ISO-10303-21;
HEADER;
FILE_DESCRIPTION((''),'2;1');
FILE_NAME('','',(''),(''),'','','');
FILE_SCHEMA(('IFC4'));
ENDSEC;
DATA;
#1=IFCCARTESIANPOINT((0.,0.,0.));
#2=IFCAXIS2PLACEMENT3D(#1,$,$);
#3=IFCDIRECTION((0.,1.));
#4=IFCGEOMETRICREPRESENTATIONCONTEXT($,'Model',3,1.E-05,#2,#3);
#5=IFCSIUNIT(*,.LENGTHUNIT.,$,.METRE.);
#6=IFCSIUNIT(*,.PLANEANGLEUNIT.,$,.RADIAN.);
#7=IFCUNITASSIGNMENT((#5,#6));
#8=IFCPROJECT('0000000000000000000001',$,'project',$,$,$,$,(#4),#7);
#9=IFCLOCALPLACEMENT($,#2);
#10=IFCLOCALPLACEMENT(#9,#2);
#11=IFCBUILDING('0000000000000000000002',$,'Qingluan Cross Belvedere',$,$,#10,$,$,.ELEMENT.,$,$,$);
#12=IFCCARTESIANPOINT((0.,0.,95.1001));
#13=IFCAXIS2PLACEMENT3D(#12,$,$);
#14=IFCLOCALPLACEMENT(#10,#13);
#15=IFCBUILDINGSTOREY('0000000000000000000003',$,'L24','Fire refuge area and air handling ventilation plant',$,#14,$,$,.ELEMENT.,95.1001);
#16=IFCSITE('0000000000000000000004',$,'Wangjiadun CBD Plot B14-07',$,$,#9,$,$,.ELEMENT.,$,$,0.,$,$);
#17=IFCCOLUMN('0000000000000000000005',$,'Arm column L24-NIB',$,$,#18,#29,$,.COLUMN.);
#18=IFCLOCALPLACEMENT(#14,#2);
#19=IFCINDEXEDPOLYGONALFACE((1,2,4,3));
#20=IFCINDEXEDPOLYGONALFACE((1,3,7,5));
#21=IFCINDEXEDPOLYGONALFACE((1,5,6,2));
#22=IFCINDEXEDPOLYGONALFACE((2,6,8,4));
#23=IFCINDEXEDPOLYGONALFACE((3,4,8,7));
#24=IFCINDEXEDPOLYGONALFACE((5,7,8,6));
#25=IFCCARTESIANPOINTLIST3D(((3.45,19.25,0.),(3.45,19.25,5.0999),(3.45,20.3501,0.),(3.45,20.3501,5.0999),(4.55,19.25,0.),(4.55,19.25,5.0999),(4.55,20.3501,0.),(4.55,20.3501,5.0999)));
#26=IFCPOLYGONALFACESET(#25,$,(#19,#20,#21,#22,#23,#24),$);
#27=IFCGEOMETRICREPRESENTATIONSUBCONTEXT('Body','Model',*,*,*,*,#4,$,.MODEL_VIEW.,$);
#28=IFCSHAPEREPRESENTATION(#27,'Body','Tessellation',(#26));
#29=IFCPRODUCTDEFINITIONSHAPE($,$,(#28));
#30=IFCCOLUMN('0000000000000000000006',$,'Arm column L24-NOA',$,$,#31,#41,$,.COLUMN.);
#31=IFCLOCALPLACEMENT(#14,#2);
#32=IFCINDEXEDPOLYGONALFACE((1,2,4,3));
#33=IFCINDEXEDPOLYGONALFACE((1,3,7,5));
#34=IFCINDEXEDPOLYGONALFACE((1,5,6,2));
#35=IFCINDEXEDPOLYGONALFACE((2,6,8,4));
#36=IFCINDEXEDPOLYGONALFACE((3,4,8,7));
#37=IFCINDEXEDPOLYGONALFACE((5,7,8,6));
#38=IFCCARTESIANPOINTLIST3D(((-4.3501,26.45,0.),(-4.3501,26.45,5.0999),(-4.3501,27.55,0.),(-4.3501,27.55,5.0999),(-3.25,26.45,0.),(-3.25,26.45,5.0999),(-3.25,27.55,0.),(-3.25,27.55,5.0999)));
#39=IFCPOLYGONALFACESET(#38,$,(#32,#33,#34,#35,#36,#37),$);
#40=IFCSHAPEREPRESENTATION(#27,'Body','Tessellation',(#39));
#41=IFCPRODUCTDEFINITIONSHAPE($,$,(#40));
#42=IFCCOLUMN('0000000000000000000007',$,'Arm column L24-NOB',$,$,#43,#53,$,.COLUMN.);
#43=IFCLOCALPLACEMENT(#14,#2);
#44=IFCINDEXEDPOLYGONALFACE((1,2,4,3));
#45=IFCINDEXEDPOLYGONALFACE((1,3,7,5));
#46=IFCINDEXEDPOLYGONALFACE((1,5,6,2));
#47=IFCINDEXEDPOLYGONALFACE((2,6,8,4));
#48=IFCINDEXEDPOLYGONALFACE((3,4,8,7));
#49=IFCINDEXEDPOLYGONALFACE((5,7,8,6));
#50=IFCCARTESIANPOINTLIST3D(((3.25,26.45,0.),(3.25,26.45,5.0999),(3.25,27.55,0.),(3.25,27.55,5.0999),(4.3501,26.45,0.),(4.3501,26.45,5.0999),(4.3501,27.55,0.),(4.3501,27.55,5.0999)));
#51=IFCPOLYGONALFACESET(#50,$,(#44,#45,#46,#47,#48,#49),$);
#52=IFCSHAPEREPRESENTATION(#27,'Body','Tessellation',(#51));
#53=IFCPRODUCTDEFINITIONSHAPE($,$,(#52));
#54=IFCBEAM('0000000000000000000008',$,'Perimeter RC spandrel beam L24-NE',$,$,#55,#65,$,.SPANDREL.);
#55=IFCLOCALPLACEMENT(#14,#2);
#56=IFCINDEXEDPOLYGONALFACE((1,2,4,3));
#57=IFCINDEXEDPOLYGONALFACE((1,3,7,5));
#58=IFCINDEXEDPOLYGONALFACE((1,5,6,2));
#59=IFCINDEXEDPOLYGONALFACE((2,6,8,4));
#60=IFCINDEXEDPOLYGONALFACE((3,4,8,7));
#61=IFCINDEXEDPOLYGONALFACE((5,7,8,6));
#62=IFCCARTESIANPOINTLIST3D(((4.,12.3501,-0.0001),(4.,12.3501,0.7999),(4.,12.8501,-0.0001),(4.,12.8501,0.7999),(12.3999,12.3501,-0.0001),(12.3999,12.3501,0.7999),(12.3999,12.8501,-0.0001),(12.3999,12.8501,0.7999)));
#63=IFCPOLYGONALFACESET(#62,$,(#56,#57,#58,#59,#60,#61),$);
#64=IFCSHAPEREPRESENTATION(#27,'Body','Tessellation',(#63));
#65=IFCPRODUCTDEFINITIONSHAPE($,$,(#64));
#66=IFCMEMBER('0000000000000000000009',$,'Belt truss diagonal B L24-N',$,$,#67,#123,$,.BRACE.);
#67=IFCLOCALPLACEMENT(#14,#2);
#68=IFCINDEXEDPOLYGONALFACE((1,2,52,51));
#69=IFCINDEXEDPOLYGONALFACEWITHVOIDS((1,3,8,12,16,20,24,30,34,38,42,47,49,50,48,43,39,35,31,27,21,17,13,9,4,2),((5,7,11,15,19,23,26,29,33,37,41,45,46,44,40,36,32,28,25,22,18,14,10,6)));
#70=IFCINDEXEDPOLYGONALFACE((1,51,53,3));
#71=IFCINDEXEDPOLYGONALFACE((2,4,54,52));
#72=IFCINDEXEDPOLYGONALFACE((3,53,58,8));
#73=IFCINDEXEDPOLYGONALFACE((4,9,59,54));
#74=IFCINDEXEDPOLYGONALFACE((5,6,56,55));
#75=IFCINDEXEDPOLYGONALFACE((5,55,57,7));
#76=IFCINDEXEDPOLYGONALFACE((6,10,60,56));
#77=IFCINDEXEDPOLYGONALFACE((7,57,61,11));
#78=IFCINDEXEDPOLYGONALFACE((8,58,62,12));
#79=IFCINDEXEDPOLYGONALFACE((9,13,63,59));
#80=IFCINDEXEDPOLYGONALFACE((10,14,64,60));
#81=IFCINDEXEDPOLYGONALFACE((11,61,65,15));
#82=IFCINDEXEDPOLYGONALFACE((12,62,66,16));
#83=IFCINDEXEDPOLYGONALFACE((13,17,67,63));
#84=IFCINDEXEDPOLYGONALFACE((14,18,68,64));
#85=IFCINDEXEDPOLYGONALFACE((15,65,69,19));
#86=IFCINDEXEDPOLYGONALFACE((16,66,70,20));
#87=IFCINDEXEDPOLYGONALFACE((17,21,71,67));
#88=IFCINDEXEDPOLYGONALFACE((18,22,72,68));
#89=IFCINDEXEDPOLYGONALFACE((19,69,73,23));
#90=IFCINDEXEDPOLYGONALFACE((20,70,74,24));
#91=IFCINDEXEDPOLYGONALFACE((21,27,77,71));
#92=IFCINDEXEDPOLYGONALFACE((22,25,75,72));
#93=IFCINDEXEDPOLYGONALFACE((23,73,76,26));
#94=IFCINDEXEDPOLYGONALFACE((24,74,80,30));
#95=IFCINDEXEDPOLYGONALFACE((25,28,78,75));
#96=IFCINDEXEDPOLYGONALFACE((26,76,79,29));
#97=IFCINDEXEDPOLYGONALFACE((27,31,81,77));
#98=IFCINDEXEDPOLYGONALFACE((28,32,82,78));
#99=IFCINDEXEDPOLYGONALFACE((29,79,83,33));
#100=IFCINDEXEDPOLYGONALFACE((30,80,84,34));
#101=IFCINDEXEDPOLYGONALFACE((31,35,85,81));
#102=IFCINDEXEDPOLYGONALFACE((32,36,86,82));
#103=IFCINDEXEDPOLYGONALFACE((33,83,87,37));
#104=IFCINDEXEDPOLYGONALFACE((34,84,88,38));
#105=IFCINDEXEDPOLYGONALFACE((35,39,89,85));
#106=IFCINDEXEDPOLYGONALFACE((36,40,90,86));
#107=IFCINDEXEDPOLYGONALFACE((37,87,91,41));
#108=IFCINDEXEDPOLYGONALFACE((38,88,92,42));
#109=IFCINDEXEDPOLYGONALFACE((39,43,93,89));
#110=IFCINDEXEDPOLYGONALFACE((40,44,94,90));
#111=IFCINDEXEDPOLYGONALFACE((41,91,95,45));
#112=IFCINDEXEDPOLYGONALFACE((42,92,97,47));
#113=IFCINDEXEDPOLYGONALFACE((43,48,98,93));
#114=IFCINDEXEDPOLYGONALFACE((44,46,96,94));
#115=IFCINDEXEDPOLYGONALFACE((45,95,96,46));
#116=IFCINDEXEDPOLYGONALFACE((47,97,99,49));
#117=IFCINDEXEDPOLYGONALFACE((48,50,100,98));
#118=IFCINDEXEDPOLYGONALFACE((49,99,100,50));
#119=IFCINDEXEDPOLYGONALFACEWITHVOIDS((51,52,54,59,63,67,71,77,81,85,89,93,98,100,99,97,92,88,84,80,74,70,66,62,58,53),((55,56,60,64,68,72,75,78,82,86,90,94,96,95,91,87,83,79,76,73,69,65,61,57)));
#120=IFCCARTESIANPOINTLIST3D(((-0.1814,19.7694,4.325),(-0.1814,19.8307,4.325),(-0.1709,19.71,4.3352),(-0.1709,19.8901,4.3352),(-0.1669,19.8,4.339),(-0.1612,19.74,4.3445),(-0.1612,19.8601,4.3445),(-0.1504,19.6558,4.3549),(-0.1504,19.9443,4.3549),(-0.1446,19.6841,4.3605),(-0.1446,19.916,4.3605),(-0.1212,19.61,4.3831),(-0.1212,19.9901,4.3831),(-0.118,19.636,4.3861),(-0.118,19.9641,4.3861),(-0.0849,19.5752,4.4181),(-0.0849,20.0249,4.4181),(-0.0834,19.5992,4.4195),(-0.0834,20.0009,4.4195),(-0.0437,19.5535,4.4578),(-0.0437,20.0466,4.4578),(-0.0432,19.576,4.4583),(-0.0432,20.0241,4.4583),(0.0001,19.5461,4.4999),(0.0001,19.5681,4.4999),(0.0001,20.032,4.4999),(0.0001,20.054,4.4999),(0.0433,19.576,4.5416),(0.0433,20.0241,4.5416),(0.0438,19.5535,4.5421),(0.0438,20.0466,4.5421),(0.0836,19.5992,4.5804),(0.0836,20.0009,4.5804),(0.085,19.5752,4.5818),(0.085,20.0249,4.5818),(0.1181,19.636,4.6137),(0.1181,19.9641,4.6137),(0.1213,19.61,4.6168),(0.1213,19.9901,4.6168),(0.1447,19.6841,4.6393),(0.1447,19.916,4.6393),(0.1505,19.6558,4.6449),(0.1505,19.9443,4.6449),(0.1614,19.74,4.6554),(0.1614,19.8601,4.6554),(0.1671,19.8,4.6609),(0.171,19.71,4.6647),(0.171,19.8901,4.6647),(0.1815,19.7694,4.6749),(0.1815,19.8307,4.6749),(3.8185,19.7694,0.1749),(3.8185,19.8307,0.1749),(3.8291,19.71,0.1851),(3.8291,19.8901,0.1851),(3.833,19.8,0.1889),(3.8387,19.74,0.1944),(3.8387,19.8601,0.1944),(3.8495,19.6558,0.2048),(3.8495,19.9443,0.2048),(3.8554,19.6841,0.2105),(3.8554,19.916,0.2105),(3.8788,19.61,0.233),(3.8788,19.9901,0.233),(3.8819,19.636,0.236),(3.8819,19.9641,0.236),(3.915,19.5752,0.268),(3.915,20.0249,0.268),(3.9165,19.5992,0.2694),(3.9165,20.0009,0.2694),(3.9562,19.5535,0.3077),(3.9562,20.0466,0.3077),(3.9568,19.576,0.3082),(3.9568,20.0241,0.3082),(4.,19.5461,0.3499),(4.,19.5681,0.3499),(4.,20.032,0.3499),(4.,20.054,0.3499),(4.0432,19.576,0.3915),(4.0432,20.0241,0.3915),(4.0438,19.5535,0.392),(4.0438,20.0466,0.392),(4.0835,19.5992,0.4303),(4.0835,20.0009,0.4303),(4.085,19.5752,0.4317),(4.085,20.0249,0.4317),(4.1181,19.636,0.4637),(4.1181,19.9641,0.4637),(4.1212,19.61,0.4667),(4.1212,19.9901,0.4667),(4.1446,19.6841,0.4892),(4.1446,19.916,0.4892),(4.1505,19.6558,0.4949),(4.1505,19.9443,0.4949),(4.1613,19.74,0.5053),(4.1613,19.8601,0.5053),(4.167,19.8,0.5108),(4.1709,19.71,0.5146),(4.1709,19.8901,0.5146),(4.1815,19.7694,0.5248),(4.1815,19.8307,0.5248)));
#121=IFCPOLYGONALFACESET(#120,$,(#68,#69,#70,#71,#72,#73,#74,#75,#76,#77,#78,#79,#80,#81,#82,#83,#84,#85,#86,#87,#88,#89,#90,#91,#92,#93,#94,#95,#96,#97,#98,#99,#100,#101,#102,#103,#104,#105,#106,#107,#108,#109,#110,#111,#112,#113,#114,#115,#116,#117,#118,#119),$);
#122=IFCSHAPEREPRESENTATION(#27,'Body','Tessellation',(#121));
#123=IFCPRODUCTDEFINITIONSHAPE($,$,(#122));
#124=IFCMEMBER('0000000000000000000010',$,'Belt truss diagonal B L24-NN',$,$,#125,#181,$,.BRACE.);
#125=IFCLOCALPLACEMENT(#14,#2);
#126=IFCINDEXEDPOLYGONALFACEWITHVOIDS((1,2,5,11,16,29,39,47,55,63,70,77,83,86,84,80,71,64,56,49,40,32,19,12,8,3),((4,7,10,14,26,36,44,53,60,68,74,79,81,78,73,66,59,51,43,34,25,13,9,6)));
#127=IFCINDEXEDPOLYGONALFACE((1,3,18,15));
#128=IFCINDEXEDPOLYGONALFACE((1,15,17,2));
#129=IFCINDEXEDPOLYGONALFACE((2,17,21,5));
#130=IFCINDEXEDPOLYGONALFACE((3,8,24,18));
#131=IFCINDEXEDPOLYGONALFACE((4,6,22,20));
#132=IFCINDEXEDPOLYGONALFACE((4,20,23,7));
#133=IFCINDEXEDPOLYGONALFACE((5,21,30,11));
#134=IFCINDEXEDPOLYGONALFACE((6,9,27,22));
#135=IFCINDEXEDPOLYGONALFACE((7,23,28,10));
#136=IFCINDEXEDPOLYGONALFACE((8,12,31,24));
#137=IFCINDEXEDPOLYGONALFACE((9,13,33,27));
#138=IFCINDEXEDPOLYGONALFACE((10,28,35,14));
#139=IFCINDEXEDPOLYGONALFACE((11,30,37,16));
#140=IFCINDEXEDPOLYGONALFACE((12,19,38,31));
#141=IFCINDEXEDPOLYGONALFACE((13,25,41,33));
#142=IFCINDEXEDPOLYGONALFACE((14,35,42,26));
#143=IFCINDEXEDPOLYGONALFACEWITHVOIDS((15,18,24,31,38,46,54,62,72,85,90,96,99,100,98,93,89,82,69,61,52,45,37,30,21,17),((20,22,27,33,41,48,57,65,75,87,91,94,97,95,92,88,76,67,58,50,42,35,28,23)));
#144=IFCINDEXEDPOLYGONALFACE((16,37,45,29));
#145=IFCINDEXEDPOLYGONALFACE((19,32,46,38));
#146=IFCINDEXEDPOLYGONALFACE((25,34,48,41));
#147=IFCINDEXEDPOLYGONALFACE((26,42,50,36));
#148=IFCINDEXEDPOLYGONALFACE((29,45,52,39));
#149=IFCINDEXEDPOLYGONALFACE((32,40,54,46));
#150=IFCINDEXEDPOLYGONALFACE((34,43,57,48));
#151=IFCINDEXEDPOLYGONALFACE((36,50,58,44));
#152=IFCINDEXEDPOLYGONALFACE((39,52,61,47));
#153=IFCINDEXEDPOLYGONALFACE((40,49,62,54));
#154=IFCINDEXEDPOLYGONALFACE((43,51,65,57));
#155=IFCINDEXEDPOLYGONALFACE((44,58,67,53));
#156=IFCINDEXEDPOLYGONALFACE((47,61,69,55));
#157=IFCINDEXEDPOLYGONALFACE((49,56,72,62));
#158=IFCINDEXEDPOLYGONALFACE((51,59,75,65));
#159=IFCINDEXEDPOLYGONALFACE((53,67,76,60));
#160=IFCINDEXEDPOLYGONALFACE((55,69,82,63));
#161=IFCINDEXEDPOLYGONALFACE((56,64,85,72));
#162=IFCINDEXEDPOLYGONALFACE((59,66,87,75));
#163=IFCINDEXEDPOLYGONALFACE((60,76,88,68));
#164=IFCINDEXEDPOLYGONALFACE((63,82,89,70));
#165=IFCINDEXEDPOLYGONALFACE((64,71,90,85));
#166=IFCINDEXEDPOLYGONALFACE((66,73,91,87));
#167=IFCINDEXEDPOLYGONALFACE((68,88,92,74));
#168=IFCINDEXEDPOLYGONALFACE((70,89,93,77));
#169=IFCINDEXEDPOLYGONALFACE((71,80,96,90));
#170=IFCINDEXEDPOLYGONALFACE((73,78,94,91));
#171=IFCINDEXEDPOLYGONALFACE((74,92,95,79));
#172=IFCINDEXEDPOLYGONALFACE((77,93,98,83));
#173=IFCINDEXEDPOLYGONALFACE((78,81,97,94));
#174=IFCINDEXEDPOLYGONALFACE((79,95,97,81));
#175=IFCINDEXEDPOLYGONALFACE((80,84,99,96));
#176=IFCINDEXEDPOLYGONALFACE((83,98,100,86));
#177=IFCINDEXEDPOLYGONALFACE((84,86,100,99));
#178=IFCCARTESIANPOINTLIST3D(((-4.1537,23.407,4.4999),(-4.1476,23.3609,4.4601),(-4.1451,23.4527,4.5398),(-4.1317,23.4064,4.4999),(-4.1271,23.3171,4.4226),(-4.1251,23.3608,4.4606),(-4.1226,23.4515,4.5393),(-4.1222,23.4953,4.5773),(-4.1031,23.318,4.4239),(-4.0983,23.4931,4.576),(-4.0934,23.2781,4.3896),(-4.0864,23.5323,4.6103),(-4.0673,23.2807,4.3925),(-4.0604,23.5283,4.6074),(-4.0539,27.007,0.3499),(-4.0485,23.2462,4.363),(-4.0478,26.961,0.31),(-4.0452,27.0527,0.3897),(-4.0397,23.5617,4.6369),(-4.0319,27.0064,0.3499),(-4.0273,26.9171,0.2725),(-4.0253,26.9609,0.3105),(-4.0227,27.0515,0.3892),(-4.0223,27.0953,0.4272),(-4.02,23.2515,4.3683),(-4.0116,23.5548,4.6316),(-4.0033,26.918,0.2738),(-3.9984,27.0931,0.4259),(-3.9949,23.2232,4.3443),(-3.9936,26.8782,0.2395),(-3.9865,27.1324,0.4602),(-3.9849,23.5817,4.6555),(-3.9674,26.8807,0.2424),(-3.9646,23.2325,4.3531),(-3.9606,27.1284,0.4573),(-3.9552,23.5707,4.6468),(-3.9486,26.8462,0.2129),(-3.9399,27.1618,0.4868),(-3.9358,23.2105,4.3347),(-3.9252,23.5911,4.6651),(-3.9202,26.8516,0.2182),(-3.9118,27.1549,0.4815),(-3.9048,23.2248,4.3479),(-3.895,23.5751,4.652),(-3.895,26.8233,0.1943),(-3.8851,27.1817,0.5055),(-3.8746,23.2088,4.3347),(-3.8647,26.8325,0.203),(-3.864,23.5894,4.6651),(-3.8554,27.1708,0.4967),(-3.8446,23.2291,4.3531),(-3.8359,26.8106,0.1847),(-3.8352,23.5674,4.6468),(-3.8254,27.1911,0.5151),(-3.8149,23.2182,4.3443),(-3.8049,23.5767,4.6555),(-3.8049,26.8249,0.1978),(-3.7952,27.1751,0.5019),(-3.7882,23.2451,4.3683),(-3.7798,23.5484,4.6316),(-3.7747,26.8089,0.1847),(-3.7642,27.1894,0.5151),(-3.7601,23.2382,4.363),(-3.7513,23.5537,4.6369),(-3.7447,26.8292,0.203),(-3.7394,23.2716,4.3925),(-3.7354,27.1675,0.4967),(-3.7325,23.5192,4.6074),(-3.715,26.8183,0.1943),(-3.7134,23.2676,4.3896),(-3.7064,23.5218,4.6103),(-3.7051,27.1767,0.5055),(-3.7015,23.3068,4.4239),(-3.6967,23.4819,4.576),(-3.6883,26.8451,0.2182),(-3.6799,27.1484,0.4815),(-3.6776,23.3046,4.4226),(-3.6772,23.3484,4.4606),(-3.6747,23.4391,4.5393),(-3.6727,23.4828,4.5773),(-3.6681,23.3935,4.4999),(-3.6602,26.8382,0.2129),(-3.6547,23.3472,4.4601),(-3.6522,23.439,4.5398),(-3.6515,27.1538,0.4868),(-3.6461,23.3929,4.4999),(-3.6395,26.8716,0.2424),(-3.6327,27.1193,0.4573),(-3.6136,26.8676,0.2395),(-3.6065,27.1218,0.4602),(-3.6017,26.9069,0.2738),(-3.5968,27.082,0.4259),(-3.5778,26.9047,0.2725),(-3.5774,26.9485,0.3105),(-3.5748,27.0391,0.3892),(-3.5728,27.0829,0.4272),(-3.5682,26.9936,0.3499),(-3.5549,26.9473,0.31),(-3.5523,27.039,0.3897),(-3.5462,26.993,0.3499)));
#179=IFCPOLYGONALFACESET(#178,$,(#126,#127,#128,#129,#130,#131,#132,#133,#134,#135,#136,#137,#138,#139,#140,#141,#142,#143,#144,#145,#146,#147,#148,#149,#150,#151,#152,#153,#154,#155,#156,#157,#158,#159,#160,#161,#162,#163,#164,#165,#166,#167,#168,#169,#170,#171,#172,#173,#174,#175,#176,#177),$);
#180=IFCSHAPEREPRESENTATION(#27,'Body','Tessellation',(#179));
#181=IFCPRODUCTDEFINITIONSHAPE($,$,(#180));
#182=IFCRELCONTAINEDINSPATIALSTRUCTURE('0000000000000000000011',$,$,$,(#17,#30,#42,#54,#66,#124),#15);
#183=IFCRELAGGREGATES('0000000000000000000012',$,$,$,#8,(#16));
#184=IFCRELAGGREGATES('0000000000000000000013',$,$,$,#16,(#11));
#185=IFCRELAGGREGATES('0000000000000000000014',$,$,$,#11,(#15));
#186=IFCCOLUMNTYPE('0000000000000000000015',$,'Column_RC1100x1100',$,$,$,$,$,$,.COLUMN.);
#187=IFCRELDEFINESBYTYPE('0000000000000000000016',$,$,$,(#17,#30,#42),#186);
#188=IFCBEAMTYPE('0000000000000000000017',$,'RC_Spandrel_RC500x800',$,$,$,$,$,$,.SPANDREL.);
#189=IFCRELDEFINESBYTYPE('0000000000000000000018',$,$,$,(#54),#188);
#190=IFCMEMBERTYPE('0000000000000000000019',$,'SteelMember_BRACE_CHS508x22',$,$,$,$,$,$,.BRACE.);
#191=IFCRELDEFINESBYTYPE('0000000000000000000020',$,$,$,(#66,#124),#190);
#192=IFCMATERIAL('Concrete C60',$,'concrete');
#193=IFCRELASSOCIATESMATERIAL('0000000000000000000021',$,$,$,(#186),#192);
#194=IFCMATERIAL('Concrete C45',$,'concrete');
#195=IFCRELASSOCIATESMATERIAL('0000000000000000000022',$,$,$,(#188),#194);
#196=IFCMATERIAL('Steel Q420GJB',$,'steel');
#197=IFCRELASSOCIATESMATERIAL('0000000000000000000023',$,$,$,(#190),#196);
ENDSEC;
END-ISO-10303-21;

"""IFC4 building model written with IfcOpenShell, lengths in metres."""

from ifc_helpers import new_model, si_unit, direction, frame, origin, origin_2d, place, context, subcontext, project, spatial, rectangle, hollow_circle, extrude, material, material_profile, profile_set, type_object, element, save


model = new_model("IFC4")

# Units and contexts
model_context = context("Model", 3, precision=1e-05, world=origin(), true_north=direction((0.0, 1.0)))
body_context = subcontext(model_context, "Body", "Model", "MODEL_VIEW")
ifc_project = project(units=[si_unit("LENGTHUNIT", "METRE"), si_unit("PLANEANGLEUNIT", "RADIAN")], contexts=[model_context])

# Site, building, storey
site_placement = place(None, origin())
site = spatial("IfcSite", under=ifc_project, at=site_placement, Name="Wangjiadun CBD Plot B14-07", CompositionType="ELEMENT", RefElevation=0.0)
building_placement = place(site_placement, origin())
building = spatial("IfcBuilding", under=site, at=building_placement, Name="Qingluan Cross Belvedere", CompositionType="ELEMENT")
storey_placement = place(building_placement, frame((0.0, 0.0, 95.1001)))
storey = spatial("IfcBuildingStorey", under=building, at=storey_placement, Name="L24", Description="Fire refuge area and air handling ventilation plant", CompositionType="ELEMENT", Elevation=95.1001)

# Columns
ifc_material_1 = material(Name="Concrete C60", Category="concrete")
ifc_material_profile_1 = material_profile(ifc_material_1, rectangle(XDim=1.1001, YDim=1.1001, at=origin_2d()), Name="RC1100x1100")
ifc_profile_set_1 = profile_set([ifc_material_profile_1], Name="Concrete C60")
column_type = type_object("IfcColumnType", Name="Column_RC1100x1100", PredefinedType="COLUMN", material=ifc_profile_set_1)
for number, where, z_axis, x_axis, name in (
    (1, (4.0, 19.8, 0.0), (0.0, 0.0, 1.0), (1.0, 0.0, 0.0), "Arm column L24-NIB"),
    (2, (-3.8, 27.0, 0.0), (0.0, 0.0, 1.0), (1.0, 0.0, 0.0), "Arm column L24-NOA"),
    (3, (3.8, 27.0, 0.0), (0.0, 0.0, 1.0), (1.0, 0.0, 0.0), "Arm column L24-NOB"),
):
    element("IfcColumn", number, at=place(storey_placement, frame(where, z_axis=z_axis, x_axis=x_axis)), inside=storey, type_object=column_type, Name=name, PredefinedType="COLUMN", context=body_context, shape_type="SweptSolid", body=[
        extrude(rectangle(XDim=1.1001, YDim=1.1001, at=origin_2d()), origin(), (0.0, 0.0, 1.0), 5.0999),
    ])

# Beam
ifc_material_2 = material(Name="Concrete C45", Category="concrete")
ifc_material_profile_2 = material_profile(ifc_material_2, rectangle(XDim=0.5, YDim=0.8, at=origin_2d()), Name="RC500x800")
ifc_profile_set_2 = profile_set([ifc_material_profile_2], Name="Concrete C45")
beam_type_1 = type_object("IfcBeamType", Name="RC_Spandrel_RC500x800", PredefinedType="SPANDREL", material=ifc_profile_set_2)
beam_1_placement = place(storey_placement, frame((4.0, 12.6001, 0.3999), z_axis=(1.0, 0.0, 0.0), x_axis=(0.0, 1.0, 0.0)))
element("IfcBeam", 4, at=beam_1_placement, inside=storey, type_object=beam_type_1, Name="Perimeter RC spandrel beam L24-NE", PredefinedType="SPANDREL", context=body_context, shape_type="SweptSolid", body=[
    extrude(rectangle(XDim=0.5, YDim=0.8, at=origin_2d()), origin(), (0.0, 0.0, 1.0), 8.3999),
])

# Members
ifc_material_3 = material(Name="Steel Q420GJB", Category="steel")
ifc_material_profile_3 = material_profile(ifc_material_3, hollow_circle(Radius=0.2539, WallThickness=0.022, at=origin_2d()), Name="CHS508x22")
ifc_profile_set_3 = profile_set([ifc_material_profile_3], Name="Steel Q420GJB")
member_type_1 = type_object("IfcMemberType", Name="SteelMember_BRACE_CHS508x22", PredefinedType="BRACE", material=ifc_profile_set_3)
member_1_placement = place(storey_placement, frame((4.0, 19.8, 0.3499), z_axis=(-0.693962, 0.0, 0.720011), x_axis=(0.0, -1.0, 0.0)))
element("IfcMember", 5, at=member_1_placement, inside=storey, type_object=member_type_1, Name="Belt truss diagonal B L24-N", PredefinedType="BRACE", context=body_context, shape_type="SweptSolid", body=[
    extrude(hollow_circle(Radius=0.2539, WallThickness=0.022, at=origin_2d()), origin(), (0.0, 0.0, 1.0), 5.7639),
])
member_2_placement = place(storey_placement, frame((-3.8, 27.0, 0.3499), z_axis=(-0.018172, -0.655166, 0.755267), x_axis=(0.999616, -0.027726, 0.0)))
element("IfcMember", 6, at=member_2_placement, inside=storey, type_object=member_type_1, Name="Belt truss diagonal B L24-NN", PredefinedType="BRACE", context=body_context, shape_type="SweptSolid", body=[
    extrude(hollow_circle(Radius=0.2539, WallThickness=0.022, at=origin_2d()), origin(), (0.0, 0.0, 1.0), 5.4949),
])

save(model, "model.ifc")
